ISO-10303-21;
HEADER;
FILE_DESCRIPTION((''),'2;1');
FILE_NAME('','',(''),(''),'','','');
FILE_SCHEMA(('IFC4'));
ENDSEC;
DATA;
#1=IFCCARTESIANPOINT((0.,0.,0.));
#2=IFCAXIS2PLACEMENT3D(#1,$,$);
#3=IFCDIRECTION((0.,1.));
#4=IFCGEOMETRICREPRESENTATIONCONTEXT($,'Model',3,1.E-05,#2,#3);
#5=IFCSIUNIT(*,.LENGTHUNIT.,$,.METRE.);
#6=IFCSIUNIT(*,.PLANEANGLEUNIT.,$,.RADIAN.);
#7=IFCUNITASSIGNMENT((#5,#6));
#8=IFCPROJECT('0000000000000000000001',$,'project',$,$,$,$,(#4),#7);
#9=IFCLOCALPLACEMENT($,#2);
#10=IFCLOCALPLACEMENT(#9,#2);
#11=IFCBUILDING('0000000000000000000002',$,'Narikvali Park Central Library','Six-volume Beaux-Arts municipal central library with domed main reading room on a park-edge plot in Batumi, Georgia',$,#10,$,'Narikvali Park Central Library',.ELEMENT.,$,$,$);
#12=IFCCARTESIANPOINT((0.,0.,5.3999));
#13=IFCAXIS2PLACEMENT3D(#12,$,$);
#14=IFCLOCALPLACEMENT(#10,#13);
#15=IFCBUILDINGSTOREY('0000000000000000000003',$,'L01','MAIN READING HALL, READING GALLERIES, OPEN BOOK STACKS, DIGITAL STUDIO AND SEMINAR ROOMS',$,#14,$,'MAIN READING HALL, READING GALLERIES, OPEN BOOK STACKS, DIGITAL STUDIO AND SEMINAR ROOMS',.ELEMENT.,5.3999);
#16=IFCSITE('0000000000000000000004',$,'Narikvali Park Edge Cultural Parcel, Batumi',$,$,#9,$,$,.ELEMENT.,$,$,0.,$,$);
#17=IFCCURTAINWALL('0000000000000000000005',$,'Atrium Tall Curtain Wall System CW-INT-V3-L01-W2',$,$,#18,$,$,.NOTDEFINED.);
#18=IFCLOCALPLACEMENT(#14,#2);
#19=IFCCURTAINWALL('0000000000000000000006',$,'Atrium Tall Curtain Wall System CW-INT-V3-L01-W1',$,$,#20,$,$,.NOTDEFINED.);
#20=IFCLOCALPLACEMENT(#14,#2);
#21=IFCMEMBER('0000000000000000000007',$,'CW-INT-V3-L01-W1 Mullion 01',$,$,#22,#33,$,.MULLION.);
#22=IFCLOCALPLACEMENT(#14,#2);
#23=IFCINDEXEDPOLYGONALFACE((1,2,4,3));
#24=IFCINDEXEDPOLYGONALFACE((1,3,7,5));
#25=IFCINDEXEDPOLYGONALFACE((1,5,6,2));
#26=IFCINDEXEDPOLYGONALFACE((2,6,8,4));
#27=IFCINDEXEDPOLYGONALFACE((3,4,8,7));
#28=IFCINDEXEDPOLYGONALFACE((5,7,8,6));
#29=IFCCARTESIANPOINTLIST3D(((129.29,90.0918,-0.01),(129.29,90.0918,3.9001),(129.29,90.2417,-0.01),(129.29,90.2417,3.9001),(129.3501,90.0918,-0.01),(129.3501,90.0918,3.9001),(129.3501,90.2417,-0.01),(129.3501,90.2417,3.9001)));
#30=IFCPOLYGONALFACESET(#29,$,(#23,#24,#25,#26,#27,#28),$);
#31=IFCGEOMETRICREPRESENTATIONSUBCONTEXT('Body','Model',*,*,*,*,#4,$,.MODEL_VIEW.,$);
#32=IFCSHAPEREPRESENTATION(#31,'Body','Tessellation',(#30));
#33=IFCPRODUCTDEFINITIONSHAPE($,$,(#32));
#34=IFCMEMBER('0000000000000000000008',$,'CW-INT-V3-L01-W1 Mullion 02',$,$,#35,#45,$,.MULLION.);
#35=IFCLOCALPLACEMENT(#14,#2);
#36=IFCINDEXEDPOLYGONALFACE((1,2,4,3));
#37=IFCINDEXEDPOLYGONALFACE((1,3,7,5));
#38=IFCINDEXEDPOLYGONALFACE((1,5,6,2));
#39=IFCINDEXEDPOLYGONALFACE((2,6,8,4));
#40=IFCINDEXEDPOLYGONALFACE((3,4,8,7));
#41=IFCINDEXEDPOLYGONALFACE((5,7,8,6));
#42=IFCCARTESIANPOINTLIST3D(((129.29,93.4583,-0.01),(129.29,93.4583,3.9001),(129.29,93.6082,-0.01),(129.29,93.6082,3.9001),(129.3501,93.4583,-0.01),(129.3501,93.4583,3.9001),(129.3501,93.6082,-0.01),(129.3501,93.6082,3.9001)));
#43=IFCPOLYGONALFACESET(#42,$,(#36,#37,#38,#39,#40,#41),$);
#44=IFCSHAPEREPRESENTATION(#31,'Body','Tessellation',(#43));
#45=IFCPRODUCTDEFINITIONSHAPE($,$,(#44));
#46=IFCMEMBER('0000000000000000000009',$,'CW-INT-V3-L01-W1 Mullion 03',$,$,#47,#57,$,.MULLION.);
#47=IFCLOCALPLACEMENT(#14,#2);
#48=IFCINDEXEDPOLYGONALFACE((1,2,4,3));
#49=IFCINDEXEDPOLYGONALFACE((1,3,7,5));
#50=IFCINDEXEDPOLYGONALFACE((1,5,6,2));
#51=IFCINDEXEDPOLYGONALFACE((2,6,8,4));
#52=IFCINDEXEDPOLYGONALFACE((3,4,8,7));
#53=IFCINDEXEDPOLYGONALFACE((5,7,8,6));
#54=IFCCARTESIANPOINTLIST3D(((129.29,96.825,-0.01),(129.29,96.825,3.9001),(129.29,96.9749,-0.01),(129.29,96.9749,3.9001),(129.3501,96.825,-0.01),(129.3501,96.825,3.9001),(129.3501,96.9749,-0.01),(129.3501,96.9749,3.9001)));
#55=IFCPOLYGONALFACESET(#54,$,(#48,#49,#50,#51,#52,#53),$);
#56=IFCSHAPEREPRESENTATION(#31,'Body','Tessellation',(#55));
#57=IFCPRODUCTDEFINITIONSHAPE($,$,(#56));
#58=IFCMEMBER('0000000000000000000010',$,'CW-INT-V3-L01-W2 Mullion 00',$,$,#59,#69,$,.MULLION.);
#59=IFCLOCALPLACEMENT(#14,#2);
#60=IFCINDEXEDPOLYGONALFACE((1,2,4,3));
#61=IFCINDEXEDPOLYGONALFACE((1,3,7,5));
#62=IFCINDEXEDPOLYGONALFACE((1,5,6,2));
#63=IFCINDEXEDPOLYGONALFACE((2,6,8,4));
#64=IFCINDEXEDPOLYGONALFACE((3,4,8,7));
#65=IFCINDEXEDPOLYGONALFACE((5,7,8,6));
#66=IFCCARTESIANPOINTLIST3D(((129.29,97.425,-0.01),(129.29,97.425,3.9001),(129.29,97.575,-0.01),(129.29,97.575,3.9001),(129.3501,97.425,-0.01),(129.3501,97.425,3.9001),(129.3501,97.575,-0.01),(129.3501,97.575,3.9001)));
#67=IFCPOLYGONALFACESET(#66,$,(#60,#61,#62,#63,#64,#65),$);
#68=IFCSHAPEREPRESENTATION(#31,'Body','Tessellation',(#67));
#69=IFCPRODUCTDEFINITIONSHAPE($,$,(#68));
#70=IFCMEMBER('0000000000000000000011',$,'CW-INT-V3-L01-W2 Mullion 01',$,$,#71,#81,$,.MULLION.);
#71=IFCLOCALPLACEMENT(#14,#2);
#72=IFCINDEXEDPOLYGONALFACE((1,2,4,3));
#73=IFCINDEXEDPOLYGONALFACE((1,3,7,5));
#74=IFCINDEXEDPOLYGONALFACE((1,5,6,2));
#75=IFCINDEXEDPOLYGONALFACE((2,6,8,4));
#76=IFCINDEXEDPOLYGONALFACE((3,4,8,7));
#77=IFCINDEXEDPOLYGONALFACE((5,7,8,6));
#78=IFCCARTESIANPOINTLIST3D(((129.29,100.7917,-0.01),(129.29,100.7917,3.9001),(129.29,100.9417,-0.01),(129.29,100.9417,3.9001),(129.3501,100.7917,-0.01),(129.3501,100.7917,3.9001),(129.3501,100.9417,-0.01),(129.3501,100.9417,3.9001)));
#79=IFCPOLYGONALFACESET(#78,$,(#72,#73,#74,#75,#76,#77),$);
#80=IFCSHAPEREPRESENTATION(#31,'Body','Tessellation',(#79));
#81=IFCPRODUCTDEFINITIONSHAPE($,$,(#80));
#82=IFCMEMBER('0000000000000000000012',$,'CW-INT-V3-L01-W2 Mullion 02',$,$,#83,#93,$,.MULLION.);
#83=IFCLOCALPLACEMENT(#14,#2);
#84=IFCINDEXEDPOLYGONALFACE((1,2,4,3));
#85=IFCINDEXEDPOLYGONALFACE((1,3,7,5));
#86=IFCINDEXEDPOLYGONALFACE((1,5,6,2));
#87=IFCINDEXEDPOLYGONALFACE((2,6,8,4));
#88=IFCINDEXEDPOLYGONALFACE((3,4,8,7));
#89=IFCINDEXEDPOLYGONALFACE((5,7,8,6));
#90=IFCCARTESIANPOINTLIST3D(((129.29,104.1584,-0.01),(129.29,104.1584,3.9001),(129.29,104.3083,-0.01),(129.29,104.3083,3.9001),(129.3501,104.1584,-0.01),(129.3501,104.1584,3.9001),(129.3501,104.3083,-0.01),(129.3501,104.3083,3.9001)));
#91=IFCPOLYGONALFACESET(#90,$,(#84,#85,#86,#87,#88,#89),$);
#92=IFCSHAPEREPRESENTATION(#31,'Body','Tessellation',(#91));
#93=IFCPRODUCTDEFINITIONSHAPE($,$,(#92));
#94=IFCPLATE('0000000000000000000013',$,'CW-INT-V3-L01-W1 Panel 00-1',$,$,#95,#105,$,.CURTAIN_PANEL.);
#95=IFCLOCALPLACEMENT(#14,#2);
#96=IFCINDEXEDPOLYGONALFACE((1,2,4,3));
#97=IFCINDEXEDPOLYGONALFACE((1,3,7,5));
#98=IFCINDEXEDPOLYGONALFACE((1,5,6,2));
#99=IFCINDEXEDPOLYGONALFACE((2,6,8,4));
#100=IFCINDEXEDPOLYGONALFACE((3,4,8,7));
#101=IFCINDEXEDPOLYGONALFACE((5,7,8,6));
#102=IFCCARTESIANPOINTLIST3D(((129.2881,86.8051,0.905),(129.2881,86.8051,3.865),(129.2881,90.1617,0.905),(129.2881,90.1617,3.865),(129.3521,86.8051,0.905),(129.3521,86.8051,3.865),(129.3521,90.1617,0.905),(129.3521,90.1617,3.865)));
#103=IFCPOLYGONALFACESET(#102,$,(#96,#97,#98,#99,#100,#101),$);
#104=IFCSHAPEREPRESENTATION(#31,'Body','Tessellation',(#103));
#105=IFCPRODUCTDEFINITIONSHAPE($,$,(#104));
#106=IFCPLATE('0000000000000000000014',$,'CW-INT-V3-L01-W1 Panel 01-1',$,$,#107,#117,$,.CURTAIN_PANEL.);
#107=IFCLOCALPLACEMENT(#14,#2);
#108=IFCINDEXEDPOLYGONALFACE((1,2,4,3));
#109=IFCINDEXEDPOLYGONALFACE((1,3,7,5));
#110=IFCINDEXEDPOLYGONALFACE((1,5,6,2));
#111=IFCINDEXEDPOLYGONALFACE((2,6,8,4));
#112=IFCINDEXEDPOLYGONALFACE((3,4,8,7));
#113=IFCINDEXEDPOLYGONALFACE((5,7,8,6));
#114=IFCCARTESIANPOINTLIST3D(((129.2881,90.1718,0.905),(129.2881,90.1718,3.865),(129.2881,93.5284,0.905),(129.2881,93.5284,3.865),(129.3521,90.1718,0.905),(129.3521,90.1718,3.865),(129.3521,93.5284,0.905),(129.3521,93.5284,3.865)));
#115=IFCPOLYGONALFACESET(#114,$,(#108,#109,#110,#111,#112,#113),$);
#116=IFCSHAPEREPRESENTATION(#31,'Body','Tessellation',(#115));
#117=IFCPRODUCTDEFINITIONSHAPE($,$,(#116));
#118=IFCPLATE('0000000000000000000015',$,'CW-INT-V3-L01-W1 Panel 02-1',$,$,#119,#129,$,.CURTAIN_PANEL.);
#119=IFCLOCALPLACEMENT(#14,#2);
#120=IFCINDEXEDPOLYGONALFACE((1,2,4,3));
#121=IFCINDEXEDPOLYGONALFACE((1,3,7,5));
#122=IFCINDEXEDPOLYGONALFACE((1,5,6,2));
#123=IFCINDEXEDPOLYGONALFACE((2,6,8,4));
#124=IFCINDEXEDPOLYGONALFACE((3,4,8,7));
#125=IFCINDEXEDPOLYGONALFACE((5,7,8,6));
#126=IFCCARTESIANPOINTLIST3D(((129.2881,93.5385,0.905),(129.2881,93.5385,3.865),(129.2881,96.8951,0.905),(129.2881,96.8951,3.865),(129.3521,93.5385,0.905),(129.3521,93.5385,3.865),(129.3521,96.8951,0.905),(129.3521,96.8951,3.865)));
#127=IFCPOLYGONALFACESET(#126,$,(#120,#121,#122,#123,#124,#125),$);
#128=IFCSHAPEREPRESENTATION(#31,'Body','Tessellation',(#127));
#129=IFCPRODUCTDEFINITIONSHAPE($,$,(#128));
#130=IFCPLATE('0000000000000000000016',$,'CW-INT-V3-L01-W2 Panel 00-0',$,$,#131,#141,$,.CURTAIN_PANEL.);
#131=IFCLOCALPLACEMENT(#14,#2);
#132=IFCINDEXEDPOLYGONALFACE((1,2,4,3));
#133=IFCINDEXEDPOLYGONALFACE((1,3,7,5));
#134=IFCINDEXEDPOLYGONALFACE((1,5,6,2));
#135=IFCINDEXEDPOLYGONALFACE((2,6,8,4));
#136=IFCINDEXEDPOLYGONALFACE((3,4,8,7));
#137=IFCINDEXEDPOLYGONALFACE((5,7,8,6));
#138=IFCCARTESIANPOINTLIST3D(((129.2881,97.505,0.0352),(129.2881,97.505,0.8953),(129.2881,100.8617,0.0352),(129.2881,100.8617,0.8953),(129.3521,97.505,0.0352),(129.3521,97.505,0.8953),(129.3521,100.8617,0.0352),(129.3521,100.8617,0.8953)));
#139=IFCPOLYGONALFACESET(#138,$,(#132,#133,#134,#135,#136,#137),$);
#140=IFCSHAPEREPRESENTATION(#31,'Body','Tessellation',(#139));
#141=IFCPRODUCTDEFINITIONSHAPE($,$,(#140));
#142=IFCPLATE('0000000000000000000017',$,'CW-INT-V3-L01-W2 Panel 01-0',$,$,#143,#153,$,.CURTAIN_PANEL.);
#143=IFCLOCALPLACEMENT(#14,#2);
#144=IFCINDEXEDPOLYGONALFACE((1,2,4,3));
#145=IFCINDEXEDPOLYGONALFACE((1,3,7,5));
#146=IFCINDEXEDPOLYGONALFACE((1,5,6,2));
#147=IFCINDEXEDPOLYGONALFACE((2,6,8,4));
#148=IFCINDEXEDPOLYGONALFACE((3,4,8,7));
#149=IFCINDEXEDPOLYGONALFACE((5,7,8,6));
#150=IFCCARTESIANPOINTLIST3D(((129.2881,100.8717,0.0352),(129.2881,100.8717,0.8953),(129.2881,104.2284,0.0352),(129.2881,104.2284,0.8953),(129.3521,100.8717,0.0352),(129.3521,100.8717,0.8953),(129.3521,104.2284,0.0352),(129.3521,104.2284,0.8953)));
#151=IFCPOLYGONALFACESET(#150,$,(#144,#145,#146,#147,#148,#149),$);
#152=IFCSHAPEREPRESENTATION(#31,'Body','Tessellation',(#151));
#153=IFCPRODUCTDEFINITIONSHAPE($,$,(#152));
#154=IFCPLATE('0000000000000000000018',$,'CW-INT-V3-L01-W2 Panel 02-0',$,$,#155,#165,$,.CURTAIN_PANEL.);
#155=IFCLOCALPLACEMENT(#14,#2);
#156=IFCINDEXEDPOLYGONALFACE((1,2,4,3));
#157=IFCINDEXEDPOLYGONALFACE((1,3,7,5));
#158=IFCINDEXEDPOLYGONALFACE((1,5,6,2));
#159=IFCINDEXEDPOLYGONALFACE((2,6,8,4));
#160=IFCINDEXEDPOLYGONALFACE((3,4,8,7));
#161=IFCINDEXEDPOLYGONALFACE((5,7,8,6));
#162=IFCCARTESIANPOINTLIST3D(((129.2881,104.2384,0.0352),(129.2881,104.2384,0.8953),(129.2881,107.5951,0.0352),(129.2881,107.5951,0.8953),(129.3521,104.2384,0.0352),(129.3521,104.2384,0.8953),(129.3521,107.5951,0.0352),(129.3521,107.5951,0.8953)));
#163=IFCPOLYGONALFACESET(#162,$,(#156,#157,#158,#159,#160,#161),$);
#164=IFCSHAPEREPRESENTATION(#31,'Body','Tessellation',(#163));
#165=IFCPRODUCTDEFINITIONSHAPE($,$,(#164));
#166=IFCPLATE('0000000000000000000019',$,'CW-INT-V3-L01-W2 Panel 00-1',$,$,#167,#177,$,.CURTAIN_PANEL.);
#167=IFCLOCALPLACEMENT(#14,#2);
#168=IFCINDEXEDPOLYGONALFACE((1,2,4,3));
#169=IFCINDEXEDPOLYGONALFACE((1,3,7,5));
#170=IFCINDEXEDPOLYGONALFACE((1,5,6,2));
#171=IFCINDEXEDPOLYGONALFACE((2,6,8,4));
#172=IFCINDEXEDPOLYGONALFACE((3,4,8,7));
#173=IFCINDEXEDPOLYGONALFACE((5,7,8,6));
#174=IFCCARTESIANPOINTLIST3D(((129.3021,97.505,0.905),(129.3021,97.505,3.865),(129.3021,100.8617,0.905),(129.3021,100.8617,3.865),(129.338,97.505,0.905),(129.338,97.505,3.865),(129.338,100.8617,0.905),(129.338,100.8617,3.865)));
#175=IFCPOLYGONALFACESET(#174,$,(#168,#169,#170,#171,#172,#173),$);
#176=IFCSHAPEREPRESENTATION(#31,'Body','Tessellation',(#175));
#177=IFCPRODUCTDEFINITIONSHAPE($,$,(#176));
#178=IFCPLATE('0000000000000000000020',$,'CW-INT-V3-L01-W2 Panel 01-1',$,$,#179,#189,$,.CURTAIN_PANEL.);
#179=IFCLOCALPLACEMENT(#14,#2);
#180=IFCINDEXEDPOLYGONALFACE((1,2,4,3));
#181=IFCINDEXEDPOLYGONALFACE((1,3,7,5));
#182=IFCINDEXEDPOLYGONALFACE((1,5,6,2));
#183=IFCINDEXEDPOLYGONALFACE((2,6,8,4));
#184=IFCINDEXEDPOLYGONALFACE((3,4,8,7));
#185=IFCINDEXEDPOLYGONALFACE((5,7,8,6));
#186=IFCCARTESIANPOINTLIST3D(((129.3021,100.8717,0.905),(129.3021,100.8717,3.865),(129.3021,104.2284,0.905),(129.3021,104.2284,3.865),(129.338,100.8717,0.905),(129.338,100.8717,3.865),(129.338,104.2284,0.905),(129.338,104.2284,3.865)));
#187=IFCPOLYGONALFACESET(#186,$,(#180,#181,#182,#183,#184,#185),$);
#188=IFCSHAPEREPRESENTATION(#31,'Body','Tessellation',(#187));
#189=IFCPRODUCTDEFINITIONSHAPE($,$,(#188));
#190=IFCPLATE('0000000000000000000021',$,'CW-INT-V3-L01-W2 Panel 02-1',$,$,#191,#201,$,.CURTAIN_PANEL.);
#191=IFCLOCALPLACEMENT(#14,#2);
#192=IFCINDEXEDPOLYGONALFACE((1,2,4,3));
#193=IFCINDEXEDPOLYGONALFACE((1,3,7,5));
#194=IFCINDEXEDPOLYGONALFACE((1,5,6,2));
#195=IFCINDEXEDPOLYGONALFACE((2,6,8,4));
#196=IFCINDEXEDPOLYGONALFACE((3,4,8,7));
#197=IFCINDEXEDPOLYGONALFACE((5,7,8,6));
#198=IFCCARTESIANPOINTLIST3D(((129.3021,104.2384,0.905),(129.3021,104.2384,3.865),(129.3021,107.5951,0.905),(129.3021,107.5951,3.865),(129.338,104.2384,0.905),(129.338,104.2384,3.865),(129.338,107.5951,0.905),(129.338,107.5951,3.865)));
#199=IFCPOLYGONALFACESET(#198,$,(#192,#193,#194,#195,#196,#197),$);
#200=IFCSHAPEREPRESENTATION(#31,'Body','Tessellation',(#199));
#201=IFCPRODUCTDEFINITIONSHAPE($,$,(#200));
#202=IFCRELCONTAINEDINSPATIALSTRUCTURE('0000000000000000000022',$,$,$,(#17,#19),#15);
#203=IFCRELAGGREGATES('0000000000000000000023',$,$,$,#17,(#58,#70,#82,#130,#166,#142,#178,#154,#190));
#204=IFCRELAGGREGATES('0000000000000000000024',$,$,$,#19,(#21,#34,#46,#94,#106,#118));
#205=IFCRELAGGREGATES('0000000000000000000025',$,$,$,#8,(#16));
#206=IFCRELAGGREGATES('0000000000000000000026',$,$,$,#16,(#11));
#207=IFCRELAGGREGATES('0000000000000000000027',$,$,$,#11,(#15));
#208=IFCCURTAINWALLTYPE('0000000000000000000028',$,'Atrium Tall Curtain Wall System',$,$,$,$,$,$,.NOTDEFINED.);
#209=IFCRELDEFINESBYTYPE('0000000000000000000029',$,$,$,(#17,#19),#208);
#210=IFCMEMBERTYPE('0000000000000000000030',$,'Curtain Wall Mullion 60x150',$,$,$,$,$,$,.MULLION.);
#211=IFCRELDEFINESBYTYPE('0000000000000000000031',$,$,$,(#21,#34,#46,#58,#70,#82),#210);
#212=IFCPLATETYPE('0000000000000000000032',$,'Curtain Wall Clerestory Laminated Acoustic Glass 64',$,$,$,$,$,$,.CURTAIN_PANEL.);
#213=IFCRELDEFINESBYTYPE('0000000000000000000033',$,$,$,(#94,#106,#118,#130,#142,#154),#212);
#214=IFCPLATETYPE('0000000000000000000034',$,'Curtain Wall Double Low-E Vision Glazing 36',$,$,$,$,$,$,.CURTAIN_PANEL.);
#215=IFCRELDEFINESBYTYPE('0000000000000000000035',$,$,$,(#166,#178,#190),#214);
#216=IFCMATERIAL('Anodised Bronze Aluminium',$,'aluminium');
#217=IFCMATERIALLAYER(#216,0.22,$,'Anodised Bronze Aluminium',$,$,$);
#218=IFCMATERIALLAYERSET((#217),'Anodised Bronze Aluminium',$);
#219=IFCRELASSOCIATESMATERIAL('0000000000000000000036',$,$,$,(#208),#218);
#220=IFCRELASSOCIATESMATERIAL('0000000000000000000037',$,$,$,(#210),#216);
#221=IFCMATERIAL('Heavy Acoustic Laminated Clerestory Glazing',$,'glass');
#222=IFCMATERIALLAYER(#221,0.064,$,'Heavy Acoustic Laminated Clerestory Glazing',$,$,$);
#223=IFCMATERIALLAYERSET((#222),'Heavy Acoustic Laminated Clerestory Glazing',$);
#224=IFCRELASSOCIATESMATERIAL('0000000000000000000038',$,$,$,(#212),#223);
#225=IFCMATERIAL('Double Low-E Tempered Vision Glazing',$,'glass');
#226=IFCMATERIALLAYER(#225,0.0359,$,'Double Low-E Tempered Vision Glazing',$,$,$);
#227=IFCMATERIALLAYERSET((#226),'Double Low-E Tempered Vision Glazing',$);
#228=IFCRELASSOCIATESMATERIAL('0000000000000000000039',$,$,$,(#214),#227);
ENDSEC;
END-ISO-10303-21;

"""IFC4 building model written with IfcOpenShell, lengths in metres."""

from ifc_helpers import new_model, si_unit, direction, frame, origin, origin_2d, place, context, subcontext, project, spatial, rectangle, extrude, material, layer, layer_set, material_profile, profile_set, type_object, element, aggregate, save


model = new_model("IFC4")

# Units and contexts
model_context = context("Model", 3, precision=1e-05, world=origin(), true_north=direction((0.0, 1.0)))
body_context = subcontext(model_context, "Body", "Model", "MODEL_VIEW")
ifc_project = project(units=[si_unit("LENGTHUNIT", "METRE"), si_unit("PLANEANGLEUNIT", "RADIAN")], contexts=[model_context])

# Site, building, storey
site_placement = place(None, origin())
site = spatial("IfcSite", under=ifc_project, at=site_placement, Name="Narikvali Park Edge Cultural Parcel, Batumi", CompositionType="ELEMENT", RefElevation=0.0)
building_placement = place(site_placement, origin())
building = spatial("IfcBuilding", under=site, at=building_placement, Name="Narikvali Park Central Library", Description="Six-volume Beaux-Arts municipal central library with domed main reading room on a park-edge plot in Batumi, Georgia", LongName="Narikvali Park Central Library", CompositionType="ELEMENT")
storey_placement = place(building_placement, frame((0.0, 0.0, 5.3999)))
storey = spatial("IfcBuildingStorey", under=building, at=storey_placement, Name="L01", Description="MAIN READING HALL, READING GALLERIES, OPEN BOOK STACKS, DIGITAL STUDIO AND SEMINAR ROOMS", LongName="MAIN READING HALL, READING GALLERIES, OPEN BOOK STACKS, DIGITAL STUDIO AND SEMINAR ROOMS", CompositionType="ELEMENT", Elevation=5.3999)

# Curtain walls, members
ifc_material_1 = material(Name="Anodised Bronze Aluminium", Category="aluminium")
ifc_layer_1 = layer(ifc_material_1, 0.22, Name="Anodised Bronze Aluminium")
ifc_layer_set_1 = layer_set([ifc_layer_1], Name="Anodised Bronze Aluminium")
curtain_wall_type = type_object("IfcCurtainWallType", Name="Atrium Tall Curtain Wall System", PredefinedType="NOTDEFINED", material=ifc_layer_set_1)
curtain_wall_1_placement = place(storey_placement, origin())
curtain_wall_1 = element("IfcCurtainWall", 1, at=curtain_wall_1_placement, inside=storey, type_object=curtain_wall_type, Name="Atrium Tall Curtain Wall System CW-INT-V3-L01-W2", PredefinedType="NOTDEFINED")
curtain_wall_2_placement = place(storey_placement, origin())
curtain_wall_2 = element("IfcCurtainWall", 2, at=curtain_wall_2_placement, inside=storey, type_object=curtain_wall_type, Name="Atrium Tall Curtain Wall System CW-INT-V3-L01-W1", PredefinedType="NOTDEFINED")
ifc_material_profile_1 = material_profile(ifc_material_1, rectangle(XDim=0.0601, YDim=0.1499, at=origin_2d()), Name="CW MULLION 60x150")
ifc_profile_set_1 = profile_set([ifc_material_profile_1], Name="Anodised Bronze Aluminium")
member_type_1 = type_object("IfcMemberType", Name="Curtain Wall Mullion 60x150", PredefinedType="MULLION", material=ifc_profile_set_1)
member_1_placement = place(storey_placement, frame((129.3201, 90.1667, -0.01), z_axis=(0.0, 0.0, 1.0), x_axis=(1.0, 0.0, 0.0)))
member_1 = element("IfcMember", 3, at=member_1_placement, type_object=member_type_1, Name="CW-INT-V3-L01-W1 Mullion 01", PredefinedType="MULLION", context=body_context, shape_type="SweptSolid", body=[
    extrude(rectangle(XDim=0.0601, YDim=0.1499, at=origin_2d()), origin(), (0.0, 0.0, 1.0), 3.9102),
])
member_2_placement = place(storey_placement, frame((129.3201, 93.5332, -0.01), z_axis=(0.0, 0.0, 1.0), x_axis=(1.0, 0.0, 0.0)))
member_2 = element("IfcMember", 4, at=member_2_placement, type_object=member_type_1, Name="CW-INT-V3-L01-W1 Mullion 02", PredefinedType="MULLION", context=body_context, shape_type="SweptSolid", body=[
    extrude(rectangle(XDim=0.0601, YDim=0.1499, at=origin_2d()), origin(), (0.0, 0.0, 1.0), 3.9102),
])
member_3_placement = place(storey_placement, frame((129.3201, 96.8999, -0.01), z_axis=(0.0, 0.0, 1.0), x_axis=(1.0, 0.0, 0.0)))
member_3 = element("IfcMember", 5, at=member_3_placement, type_object=member_type_1, Name="CW-INT-V3-L01-W1 Mullion 03", PredefinedType="MULLION", context=body_context, shape_type="SweptSolid", body=[
    extrude(rectangle(XDim=0.0601, YDim=0.1499, at=origin_2d()), origin(), (0.0, 0.0, 1.0), 3.9102),
])

# Members
member_4_placement = place(storey_placement, frame((129.3201, 97.5, -0.01), z_axis=(0.0, 0.0, 1.0), x_axis=(1.0, 0.0, 0.0)))
member_4 = element("IfcMember", 6, at=member_4_placement, type_object=member_type_1, Name="CW-INT-V3-L01-W2 Mullion 00", PredefinedType="MULLION", context=body_context, shape_type="SweptSolid", body=[
    extrude(rectangle(XDim=0.0601, YDim=0.1499, at=origin_2d()), origin(), (0.0, 0.0, 1.0), 3.9102),
])
member_5_placement = place(storey_placement, frame((129.3201, 100.8667, -0.01), z_axis=(0.0, 0.0, 1.0), x_axis=(1.0, 0.0, 0.0)))
member_5 = element("IfcMember", 7, at=member_5_placement, type_object=member_type_1, Name="CW-INT-V3-L01-W2 Mullion 01", PredefinedType="MULLION", context=body_context, shape_type="SweptSolid", body=[
    extrude(rectangle(XDim=0.0601, YDim=0.1499, at=origin_2d()), origin(), (0.0, 0.0, 1.0), 3.9102),
])
member_6_placement = place(storey_placement, frame((129.3201, 104.2334, -0.01), z_axis=(0.0, 0.0, 1.0), x_axis=(1.0, 0.0, 0.0)))
member_6 = element("IfcMember", 8, at=member_6_placement, type_object=member_type_1, Name="CW-INT-V3-L01-W2 Mullion 02", PredefinedType="MULLION", context=body_context, shape_type="SweptSolid", body=[
    extrude(rectangle(XDim=0.0601, YDim=0.1499, at=origin_2d()), origin(), (0.0, 0.0, 1.0), 3.9102),
])

# Plates
ifc_material_2 = material(Name="Heavy Acoustic Laminated Clerestory Glazing", Category="glass")
ifc_layer_2 = layer(ifc_material_2, 0.064, Name="Heavy Acoustic Laminated Clerestory Glazing")
ifc_layer_set_2 = layer_set([ifc_layer_2], Name="Heavy Acoustic Laminated Clerestory Glazing")
plate_type_1 = type_object("IfcPlateType", Name="Curtain Wall Clerestory Laminated Acoustic Glass 64", PredefinedType="CURTAIN_PANEL", material=ifc_layer_set_2)
plate_1_placement = place(storey_placement, frame((129.3201, 88.4834, 0.905), z_axis=(0.0, 0.0, 1.0), x_axis=(0.0, 1.0, 0.0)))
plate_1 = element("IfcPlate", 9, at=plate_1_placement, type_object=plate_type_1, Name="CW-INT-V3-L01-W1 Panel 00-1", PredefinedType="CURTAIN_PANEL", context=body_context, shape_type="SweptSolid", body=[
    extrude(rectangle(XDim=3.3567, YDim=0.064, at=origin_2d()), origin(), (0.0, 0.0, 1.0), 2.96),
])
plate_2_placement = place(storey_placement, frame((129.3201, 91.8501, 0.905), z_axis=(0.0, 0.0, 1.0), x_axis=(0.0, 1.0, 0.0)))
plate_2 = element("IfcPlate", 10, at=plate_2_placement, type_object=plate_type_1, Name="CW-INT-V3-L01-W1 Panel 01-1", PredefinedType="CURTAIN_PANEL", context=body_context, shape_type="SweptSolid", body=[
    extrude(rectangle(XDim=3.3567, YDim=0.064, at=origin_2d()), origin(), (0.0, 0.0, 1.0), 2.96),
])
plate_3_placement = place(storey_placement, frame((129.3201, 95.2168, 0.905), z_axis=(0.0, 0.0, 1.0), x_axis=(0.0, 1.0, 0.0)))
plate_3 = element("IfcPlate", 11, at=plate_3_placement, type_object=plate_type_1, Name="CW-INT-V3-L01-W1 Panel 02-1", PredefinedType="CURTAIN_PANEL", context=body_context, shape_type="SweptSolid", body=[
    extrude(rectangle(XDim=3.3567, YDim=0.064, at=origin_2d()), origin(), (0.0, 0.0, 1.0), 2.96),
])
plate_4_placement = place(storey_placement, frame((129.3201, 99.1833, 0.0352), z_axis=(0.0, 0.0, 1.0), x_axis=(0.0, 1.0, 0.0)))
plate_4 = element("IfcPlate", 12, at=plate_4_placement, type_object=plate_type_1, Name="CW-INT-V3-L01-W2 Panel 00-0", PredefinedType="CURTAIN_PANEL", context=body_context, shape_type="SweptSolid", body=[
    extrude(rectangle(XDim=3.3567, YDim=0.064, at=origin_2d()), origin(), (0.0, 0.0, 1.0), 0.8601),
])
plate_5_placement = place(storey_placement, frame((129.3201, 102.55, 0.0352), z_axis=(0.0, 0.0, 1.0), x_axis=(0.0, 1.0, 0.0)))
plate_5 = element("IfcPlate", 13, at=plate_5_placement, type_object=plate_type_1, Name="CW-INT-V3-L01-W2 Panel 01-0", PredefinedType="CURTAIN_PANEL", context=body_context, shape_type="SweptSolid", body=[
    extrude(rectangle(XDim=3.3567, YDim=0.064, at=origin_2d()), origin(), (0.0, 0.0, 1.0), 0.8601),
])
plate_6_placement = place(storey_placement, frame((129.3201, 105.9167, 0.0352), z_axis=(0.0, 0.0, 1.0), x_axis=(0.0, 1.0, 0.0)))
plate_6 = element("IfcPlate", 14, at=plate_6_placement, type_object=plate_type_1, Name="CW-INT-V3-L01-W2 Panel 02-0", PredefinedType="CURTAIN_PANEL", context=body_context, shape_type="SweptSolid", body=[
    extrude(rectangle(XDim=3.3567, YDim=0.064, at=origin_2d()), origin(), (0.0, 0.0, 1.0), 0.8601),
])
ifc_material_3 = material(Name="Double Low-E Tempered Vision Glazing", Category="glass")
ifc_layer_3 = layer(ifc_material_3, 0.0359, Name="Double Low-E Tempered Vision Glazing")
ifc_layer_set_3 = layer_set([ifc_layer_3], Name="Double Low-E Tempered Vision Glazing")
plate_type_2 = type_object("IfcPlateType", Name="Curtain Wall Double Low-E Vision Glazing 36", PredefinedType="CURTAIN_PANEL", material=ifc_layer_set_3)
plate_7_placement = place(storey_placement, frame((129.3201, 99.1833, 0.905), z_axis=(0.0, 0.0, 1.0), x_axis=(0.0, 1.0, 0.0)))
plate_7 = element("IfcPlate", 15, at=plate_7_placement, type_object=plate_type_2, Name="CW-INT-V3-L01-W2 Panel 00-1", PredefinedType="CURTAIN_PANEL", context=body_context, shape_type="SweptSolid", body=[
    extrude(rectangle(XDim=3.3567, YDim=0.0359, at=origin_2d()), origin(), (0.0, 0.0, 1.0), 2.96),
])
plate_8_placement = place(storey_placement, frame((129.3201, 102.55, 0.905), z_axis=(0.0, 0.0, 1.0), x_axis=(0.0, 1.0, 0.0)))
plate_8 = element("IfcPlate", 16, at=plate_8_placement, type_object=plate_type_2, Name="CW-INT-V3-L01-W2 Panel 01-1", PredefinedType="CURTAIN_PANEL", context=body_context, shape_type="SweptSolid", body=[
    extrude(rectangle(XDim=3.3567, YDim=0.0359, at=origin_2d()), origin(), (0.0, 0.0, 1.0), 2.96),
])
plate_9_placement = place(storey_placement, frame((129.3201, 105.9167, 0.905), z_axis=(0.0, 0.0, 1.0), x_axis=(0.0, 1.0, 0.0)))
plate_9 = element("IfcPlate", 17, at=plate_9_placement, type_object=plate_type_2, Name="CW-INT-V3-L01-W2 Panel 02-1", PredefinedType="CURTAIN_PANEL", context=body_context, shape_type="SweptSolid", body=[
    extrude(rectangle(XDim=3.3567, YDim=0.0359, at=origin_2d()), origin(), (0.0, 0.0, 1.0), 2.96),
])
aggregate(curtain_wall_1, [member_4, member_5, member_6, plate_4, plate_7, plate_5, plate_8, plate_6, plate_9])
aggregate(curtain_wall_2, [member_1, member_2, member_3, plate_1, plate_2, plate_3])

save(model, "model.ifc")
